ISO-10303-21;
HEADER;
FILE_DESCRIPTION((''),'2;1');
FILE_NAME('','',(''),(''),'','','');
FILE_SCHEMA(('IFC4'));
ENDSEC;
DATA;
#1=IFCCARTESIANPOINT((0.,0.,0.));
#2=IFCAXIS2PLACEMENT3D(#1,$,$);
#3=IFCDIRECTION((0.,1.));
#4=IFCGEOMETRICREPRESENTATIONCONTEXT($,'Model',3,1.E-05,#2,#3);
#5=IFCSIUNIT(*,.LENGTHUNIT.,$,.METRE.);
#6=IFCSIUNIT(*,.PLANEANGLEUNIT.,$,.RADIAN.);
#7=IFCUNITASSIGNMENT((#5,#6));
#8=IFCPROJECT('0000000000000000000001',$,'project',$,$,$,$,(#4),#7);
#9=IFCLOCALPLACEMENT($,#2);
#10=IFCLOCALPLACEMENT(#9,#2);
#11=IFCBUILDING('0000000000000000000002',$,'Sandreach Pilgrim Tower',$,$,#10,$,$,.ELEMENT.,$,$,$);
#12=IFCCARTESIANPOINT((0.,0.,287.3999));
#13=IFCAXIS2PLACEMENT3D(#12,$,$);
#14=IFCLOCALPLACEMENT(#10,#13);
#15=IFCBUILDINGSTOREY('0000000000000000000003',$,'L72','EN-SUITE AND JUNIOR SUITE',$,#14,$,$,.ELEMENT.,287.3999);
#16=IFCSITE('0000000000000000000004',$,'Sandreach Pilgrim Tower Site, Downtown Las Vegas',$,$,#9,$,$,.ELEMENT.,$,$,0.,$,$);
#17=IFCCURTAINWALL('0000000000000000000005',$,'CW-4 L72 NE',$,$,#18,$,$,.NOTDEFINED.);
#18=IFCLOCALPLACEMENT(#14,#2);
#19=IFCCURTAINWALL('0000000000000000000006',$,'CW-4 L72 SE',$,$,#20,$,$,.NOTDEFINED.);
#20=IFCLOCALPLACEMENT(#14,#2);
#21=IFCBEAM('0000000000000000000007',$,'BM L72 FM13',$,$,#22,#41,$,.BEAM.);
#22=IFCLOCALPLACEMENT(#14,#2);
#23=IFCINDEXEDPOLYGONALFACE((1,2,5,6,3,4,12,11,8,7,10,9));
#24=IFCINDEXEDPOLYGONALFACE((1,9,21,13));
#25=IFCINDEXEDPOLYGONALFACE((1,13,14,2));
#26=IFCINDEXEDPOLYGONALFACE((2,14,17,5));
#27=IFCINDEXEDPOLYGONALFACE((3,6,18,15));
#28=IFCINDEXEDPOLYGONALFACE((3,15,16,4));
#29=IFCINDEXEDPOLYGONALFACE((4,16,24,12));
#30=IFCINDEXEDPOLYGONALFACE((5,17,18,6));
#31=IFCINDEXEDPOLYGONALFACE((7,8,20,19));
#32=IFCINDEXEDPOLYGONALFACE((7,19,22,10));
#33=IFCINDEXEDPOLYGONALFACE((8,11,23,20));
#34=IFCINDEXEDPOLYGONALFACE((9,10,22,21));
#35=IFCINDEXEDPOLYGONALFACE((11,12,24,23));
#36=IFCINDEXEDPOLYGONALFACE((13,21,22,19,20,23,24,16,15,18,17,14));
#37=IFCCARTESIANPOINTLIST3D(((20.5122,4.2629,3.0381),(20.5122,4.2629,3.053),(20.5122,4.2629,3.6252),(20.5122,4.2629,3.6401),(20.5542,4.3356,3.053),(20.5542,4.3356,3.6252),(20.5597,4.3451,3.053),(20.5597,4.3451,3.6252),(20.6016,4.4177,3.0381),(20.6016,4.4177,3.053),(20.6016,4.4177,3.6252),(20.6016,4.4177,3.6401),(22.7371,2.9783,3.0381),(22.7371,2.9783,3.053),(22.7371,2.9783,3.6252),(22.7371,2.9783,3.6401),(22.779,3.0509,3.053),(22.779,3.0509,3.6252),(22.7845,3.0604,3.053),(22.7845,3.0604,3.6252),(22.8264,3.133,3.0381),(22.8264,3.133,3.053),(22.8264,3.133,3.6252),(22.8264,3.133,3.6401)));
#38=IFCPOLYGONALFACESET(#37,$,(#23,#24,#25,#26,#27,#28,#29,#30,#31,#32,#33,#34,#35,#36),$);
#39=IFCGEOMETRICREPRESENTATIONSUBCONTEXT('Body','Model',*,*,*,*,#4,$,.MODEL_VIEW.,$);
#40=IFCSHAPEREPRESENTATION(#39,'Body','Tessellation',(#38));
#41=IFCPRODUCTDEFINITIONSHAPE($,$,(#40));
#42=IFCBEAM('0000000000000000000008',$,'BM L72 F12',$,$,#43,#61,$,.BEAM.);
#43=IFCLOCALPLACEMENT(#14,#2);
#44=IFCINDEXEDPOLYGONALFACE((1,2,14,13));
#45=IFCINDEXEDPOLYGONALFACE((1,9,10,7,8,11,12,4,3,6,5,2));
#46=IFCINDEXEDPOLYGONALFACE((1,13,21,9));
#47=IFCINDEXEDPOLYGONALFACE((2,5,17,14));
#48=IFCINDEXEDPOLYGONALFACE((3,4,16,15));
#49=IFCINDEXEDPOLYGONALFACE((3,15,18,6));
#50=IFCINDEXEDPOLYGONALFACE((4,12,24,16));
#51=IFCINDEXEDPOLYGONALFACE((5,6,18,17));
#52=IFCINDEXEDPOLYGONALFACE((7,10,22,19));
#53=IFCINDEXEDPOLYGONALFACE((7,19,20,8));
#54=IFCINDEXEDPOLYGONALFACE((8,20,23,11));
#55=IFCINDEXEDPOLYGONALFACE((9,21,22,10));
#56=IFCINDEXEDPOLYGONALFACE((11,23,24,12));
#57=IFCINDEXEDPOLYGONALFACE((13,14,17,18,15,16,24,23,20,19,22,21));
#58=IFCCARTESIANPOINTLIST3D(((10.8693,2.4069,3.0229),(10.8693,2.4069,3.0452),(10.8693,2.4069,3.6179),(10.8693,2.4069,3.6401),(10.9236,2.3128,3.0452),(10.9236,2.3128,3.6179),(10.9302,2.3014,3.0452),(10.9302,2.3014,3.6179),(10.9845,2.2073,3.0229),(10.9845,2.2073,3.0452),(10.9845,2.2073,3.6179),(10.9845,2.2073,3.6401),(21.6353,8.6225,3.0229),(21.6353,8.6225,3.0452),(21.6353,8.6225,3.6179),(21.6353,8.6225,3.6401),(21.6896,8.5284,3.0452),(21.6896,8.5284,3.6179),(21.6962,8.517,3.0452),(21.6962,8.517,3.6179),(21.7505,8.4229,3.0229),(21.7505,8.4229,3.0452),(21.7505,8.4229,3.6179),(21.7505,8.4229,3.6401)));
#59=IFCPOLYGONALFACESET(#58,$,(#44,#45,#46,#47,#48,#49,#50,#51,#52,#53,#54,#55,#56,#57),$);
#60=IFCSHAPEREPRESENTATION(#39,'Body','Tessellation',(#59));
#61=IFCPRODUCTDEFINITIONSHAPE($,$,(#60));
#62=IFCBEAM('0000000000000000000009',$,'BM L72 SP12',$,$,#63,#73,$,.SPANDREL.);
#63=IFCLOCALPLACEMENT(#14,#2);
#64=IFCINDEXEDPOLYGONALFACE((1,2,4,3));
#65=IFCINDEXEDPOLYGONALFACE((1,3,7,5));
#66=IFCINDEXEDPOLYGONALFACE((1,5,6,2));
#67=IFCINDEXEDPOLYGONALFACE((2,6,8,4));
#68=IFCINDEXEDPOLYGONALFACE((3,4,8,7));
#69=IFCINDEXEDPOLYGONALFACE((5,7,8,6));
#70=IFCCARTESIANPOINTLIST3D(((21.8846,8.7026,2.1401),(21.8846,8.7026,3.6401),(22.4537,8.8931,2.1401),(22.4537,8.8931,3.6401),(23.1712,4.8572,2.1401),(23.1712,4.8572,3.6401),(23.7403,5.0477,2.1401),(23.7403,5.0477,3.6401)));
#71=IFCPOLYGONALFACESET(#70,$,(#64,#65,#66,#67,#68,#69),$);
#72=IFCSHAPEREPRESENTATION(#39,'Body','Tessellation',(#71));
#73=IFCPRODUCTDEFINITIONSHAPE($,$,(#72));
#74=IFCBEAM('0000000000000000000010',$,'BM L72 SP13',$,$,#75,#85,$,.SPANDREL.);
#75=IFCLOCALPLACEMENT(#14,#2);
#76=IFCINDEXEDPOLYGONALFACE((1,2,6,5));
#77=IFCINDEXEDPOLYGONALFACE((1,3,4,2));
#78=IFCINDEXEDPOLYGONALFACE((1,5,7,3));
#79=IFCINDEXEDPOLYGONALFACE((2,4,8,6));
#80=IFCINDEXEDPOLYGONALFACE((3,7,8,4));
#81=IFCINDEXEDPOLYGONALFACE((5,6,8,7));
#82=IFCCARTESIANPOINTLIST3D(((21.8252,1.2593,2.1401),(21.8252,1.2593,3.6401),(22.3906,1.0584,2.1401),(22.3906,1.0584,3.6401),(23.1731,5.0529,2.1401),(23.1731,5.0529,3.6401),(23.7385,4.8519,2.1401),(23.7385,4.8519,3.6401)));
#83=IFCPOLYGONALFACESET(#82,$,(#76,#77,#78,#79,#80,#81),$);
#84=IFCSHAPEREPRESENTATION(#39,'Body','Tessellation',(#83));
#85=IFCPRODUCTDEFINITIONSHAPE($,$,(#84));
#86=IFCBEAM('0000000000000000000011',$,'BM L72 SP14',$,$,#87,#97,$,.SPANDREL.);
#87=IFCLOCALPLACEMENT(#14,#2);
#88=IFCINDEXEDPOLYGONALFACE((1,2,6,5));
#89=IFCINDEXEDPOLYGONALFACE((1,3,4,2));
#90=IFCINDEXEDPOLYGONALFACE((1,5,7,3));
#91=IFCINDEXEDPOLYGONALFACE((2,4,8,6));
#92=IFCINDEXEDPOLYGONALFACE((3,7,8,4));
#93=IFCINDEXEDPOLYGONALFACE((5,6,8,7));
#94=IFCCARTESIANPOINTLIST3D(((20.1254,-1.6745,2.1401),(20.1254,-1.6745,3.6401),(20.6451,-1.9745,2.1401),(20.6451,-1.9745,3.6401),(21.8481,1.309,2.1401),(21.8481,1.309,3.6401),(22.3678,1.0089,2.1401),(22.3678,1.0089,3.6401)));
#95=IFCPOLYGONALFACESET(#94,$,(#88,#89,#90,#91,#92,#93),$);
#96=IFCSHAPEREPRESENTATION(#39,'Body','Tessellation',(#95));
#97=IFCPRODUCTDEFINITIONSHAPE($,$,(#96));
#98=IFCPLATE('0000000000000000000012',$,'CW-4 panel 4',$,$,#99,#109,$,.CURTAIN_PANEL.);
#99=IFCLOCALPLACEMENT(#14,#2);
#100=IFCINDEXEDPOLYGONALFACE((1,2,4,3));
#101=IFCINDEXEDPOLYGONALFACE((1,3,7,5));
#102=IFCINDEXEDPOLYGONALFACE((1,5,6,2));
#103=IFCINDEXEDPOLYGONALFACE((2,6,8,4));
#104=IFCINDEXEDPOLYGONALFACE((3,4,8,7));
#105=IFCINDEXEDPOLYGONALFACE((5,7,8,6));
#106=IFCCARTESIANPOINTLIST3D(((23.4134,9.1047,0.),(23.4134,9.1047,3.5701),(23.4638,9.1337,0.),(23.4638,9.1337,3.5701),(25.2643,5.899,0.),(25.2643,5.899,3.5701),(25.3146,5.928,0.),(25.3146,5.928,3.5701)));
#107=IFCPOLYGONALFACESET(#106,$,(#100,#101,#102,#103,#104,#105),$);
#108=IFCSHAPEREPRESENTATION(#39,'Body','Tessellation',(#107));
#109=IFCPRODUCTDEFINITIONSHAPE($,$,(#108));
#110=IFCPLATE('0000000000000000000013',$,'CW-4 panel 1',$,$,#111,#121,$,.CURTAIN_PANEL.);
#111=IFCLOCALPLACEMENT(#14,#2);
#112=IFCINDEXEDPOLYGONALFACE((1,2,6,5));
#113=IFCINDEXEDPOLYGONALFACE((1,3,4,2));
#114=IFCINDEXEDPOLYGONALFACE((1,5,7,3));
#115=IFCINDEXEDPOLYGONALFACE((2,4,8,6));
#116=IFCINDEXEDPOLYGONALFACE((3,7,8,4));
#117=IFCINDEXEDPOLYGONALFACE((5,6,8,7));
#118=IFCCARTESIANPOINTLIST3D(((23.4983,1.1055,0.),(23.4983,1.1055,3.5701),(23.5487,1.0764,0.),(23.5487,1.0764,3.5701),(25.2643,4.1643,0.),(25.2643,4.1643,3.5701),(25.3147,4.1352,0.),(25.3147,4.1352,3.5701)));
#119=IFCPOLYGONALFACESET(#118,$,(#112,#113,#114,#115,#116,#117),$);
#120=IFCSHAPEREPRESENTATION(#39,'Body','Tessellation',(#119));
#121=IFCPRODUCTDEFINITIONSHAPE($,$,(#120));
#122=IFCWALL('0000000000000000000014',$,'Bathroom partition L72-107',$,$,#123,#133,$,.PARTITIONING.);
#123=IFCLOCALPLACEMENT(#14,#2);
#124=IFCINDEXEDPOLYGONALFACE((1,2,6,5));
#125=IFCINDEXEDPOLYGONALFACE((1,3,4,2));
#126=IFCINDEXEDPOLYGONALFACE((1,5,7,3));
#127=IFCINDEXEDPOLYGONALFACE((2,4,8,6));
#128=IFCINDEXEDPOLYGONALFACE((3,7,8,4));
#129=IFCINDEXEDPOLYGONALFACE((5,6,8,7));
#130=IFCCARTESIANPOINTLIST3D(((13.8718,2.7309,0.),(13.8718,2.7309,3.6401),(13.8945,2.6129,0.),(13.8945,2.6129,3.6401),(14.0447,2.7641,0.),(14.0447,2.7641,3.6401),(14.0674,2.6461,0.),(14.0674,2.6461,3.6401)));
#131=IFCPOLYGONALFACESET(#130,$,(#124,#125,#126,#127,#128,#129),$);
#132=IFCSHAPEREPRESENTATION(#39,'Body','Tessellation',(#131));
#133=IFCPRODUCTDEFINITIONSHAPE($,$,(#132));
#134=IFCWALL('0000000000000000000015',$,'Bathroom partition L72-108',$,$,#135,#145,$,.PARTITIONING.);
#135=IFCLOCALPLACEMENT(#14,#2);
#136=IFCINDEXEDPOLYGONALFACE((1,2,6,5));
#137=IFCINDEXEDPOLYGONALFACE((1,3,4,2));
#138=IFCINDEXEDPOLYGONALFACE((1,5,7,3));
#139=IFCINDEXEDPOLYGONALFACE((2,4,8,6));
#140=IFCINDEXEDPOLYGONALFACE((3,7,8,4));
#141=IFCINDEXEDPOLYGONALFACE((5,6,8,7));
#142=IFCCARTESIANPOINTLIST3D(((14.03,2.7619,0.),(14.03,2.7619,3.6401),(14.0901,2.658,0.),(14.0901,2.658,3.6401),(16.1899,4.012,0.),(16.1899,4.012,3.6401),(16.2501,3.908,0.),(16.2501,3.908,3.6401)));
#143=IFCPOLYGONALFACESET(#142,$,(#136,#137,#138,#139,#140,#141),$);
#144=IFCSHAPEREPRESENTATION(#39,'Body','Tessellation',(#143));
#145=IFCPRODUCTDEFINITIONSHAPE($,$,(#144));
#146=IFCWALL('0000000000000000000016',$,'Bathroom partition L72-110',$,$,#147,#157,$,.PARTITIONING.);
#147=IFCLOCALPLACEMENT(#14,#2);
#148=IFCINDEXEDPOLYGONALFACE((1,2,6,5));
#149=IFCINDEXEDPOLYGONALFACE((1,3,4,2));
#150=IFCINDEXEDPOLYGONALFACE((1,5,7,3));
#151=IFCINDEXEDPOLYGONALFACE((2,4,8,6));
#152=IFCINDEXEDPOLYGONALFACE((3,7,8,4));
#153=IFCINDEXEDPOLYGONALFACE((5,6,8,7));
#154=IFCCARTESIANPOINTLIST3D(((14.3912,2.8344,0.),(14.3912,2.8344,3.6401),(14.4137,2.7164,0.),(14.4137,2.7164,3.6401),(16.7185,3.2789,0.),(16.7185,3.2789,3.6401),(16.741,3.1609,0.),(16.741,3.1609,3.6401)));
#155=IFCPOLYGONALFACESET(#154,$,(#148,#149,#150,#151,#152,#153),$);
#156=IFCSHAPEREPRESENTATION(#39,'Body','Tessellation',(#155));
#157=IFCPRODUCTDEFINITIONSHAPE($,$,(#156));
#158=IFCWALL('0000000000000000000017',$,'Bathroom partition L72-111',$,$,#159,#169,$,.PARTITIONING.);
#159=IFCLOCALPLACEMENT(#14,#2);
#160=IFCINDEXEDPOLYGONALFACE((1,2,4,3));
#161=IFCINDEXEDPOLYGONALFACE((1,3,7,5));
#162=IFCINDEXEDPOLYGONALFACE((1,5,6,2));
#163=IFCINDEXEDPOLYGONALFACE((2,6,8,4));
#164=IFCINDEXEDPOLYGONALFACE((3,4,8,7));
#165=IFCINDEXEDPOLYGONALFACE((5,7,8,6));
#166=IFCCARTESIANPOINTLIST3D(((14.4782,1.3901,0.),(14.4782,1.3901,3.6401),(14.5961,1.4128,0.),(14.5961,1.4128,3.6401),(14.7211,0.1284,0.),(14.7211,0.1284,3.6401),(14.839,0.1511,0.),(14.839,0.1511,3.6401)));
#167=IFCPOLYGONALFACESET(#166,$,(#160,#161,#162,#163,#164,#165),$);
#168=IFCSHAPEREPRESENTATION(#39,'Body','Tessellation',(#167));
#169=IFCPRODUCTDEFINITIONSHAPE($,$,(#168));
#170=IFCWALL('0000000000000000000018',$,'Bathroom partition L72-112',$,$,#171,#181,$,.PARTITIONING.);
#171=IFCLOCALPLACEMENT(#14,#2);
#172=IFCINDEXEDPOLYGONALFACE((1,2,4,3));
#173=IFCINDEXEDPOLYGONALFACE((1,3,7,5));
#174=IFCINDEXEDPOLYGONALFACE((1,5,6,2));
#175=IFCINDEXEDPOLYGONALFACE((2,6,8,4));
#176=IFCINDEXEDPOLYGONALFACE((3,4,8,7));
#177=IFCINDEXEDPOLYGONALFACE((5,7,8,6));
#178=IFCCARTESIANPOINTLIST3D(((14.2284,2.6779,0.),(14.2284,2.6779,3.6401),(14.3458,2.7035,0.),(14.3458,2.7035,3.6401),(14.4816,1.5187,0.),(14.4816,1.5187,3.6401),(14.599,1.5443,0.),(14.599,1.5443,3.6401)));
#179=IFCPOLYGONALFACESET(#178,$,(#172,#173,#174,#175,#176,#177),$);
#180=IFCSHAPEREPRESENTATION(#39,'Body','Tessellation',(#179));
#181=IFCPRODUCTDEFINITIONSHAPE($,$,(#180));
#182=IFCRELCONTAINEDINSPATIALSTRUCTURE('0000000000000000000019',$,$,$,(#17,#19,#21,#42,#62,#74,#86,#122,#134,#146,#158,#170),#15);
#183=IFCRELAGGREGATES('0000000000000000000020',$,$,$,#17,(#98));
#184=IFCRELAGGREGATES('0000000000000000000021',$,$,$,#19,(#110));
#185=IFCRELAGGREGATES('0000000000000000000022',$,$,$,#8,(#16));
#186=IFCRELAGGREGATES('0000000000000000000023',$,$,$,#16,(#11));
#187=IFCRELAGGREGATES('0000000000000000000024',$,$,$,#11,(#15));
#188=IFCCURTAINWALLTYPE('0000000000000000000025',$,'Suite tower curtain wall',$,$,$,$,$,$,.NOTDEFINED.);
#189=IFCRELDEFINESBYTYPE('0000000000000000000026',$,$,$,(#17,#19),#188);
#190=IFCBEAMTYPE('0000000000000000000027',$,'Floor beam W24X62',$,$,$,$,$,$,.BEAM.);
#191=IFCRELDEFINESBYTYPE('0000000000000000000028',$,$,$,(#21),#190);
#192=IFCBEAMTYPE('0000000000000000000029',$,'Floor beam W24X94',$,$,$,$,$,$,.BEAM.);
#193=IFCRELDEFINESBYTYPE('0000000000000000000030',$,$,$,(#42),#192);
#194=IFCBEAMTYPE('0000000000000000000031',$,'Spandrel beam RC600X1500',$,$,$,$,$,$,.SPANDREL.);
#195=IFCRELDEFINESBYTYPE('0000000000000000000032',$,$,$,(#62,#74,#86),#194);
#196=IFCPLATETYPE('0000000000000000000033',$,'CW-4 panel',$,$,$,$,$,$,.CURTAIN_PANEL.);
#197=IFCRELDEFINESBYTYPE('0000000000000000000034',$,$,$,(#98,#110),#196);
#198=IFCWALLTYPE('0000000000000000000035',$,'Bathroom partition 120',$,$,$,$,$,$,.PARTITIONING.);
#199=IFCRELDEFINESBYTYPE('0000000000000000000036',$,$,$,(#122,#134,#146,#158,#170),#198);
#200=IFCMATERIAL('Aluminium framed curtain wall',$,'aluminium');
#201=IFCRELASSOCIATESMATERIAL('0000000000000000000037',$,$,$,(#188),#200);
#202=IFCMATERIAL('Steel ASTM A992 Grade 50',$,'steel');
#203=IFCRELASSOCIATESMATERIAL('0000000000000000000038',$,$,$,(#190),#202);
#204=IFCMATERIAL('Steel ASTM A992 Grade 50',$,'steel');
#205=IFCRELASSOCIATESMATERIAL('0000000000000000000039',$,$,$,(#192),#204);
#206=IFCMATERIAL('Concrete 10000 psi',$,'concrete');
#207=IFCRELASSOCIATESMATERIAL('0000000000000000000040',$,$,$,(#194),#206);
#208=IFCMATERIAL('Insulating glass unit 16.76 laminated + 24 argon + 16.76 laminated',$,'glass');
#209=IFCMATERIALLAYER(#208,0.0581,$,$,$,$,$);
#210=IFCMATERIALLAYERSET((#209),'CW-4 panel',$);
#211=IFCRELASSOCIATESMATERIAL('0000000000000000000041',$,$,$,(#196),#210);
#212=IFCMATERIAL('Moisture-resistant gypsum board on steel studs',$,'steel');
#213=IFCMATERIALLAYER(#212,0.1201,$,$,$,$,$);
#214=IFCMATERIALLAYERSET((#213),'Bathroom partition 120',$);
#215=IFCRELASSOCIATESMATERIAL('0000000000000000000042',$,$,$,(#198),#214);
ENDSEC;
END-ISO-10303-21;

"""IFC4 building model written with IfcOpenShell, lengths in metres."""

from ifc_helpers import new_model, si_unit, direction, frame, frame_2d, origin, origin_2d, place, context, subcontext, project, spatial, rectangle, i_section, extrude, material, layer, layer_set, material_profile, profile_set, type_object, element, aggregate, save


model = new_model("IFC4")

# Units and contexts
model_context = context("Model", 3, precision=1e-05, world=origin(), true_north=direction((0.0, 1.0)))
body_context = subcontext(model_context, "Body", "Model", "MODEL_VIEW")
ifc_project = project(units=[si_unit("LENGTHUNIT", "METRE"), si_unit("PLANEANGLEUNIT", "RADIAN")], contexts=[model_context])

# Site, building, storey
site_placement = place(None, origin())
site = spatial("IfcSite", under=ifc_project, at=site_placement, Name="Sandreach Pilgrim Tower Site, Downtown Las Vegas", CompositionType="ELEMENT", RefElevation=0.0)
building_placement = place(site_placement, origin())
building = spatial("IfcBuilding", under=site, at=building_placement, Name="Sandreach Pilgrim Tower", CompositionType="ELEMENT")
storey_placement = place(building_placement, frame((0.0, 0.0, 287.3999)))
storey = spatial("IfcBuildingStorey", under=building, at=storey_placement, Name="L72", Description="EN-SUITE AND JUNIOR SUITE", CompositionType="ELEMENT", Elevation=287.3999)

# Curtain wall
ifc_material_1 = material(Name="Aluminium framed curtain wall", Category="aluminium")
curtain_wall_type = type_object("IfcCurtainWallType", Name="Suite tower curtain wall", PredefinedType="NOTDEFINED", material=ifc_material_1)
curtain_wall_1_placement = place(storey_placement, origin())
curtain_wall_1 = element("IfcCurtainWall", 1, at=curtain_wall_1_placement, inside=storey, type_object=curtain_wall_type, Name="CW-4 L72 NE", PredefinedType="NOTDEFINED")

# Curtain wall
curtain_wall_2_placement = place(storey_placement, origin())
curtain_wall_2 = element("IfcCurtainWall", 2, at=curtain_wall_2_placement, inside=storey, type_object=curtain_wall_type, Name="CW-4 L72 SE", PredefinedType="NOTDEFINED")

# Beams
ifc_material_2 = material(Name="Steel ASTM A992 Grade 50", Category="steel")
ifc_material_profile_1 = material_profile(ifc_material_2, i_section(OverallWidth=0.1787, OverallDepth=0.6021, WebThickness=0.011, FlangeThickness=0.0149, at=origin_2d()), Name="W24X62")
ifc_profile_set_1 = profile_set([ifc_material_profile_1], Name="Steel ASTM A992 Grade 50")
beam_type_1 = type_object("IfcBeamType", Name="Floor beam W24X62", PredefinedType="BEAM", material=ifc_profile_set_1)
beam_1_placement = place(storey_placement, frame((22.7817, 3.0557, 3.3391), z_axis=(-0.866, 0.500043, 0.0), x_axis=(-0.500043, -0.866, 0.0)))
element("IfcBeam", 3, at=beam_1_placement, inside=storey, type_object=beam_type_1, Name="BM L72 FM13", PredefinedType="BEAM", context=body_context, shape_type="SweptSolid", body=[
    extrude(i_section(OverallWidth=0.1787, OverallDepth=0.6021, WebThickness=0.011, FlangeThickness=0.0149, at=origin_2d()), origin(), (0.0, 0.0, 1.0), 2.5691),
])
ifc_material_3 = material(Name="Steel ASTM A992 Grade 50", Category="steel")
ifc_material_profile_2 = material_profile(ifc_material_3, i_section(OverallWidth=0.2305, OverallDepth=0.6172, WebThickness=0.0132, FlangeThickness=0.0222, at=origin_2d()), Name="W24X94")
ifc_profile_set_2 = profile_set([ifc_material_profile_2], Name="Steel ASTM A992 Grade 50")
beam_type_2 = type_object("IfcBeamType", Name="Floor beam W24X94", PredefinedType="BEAM", material=ifc_profile_set_2)
beam_2_placement = place(storey_placement, frame((21.6929, 8.5227, 3.3315), z_axis=(-0.866029, -0.499994, 0.0), x_axis=(0.499994, -0.866029, 0.0)))
element("IfcBeam", 4, at=beam_2_placement, inside=storey, type_object=beam_type_2, Name="BM L72 F12", PredefinedType="BEAM", context=body_context, shape_type="SweptSolid", body=[
    extrude(i_section(OverallWidth=0.2305, OverallDepth=0.6172, WebThickness=0.0132, FlangeThickness=0.0222, at=origin_2d()), origin(), (0.0, 0.0, 1.0), 12.4314),
])
ifc_material_4 = material(Name="Concrete 10000 psi", Category="concrete")
ifc_material_profile_3 = material_profile(ifc_material_4, rectangle(XDim=0.6001, YDim=1.5, at=origin_2d()), Name="RC600X1500")
ifc_profile_set_3 = profile_set([ifc_material_profile_3], Name="Concrete 10000 psi")
beam_type_3 = type_object("IfcBeamType", Name="Spandrel beam RC600X1500", PredefinedType="SPANDREL", material=ifc_profile_set_3)
beam_3_placement = place(storey_placement, frame((22.1692, 8.7979, 2.8901), z_axis=(0.317293, -0.948327, 0.0), x_axis=(0.948327, 0.317293, 0.0)))
element("IfcBeam", 5, at=beam_3_placement, inside=storey, type_object=beam_type_3, Name="BM L72 SP12", PredefinedType="SPANDREL", context=body_context, shape_type="SweptSolid", body=[
    extrude(rectangle(XDim=0.6001, YDim=1.5, at=origin_2d()), origin(), (0.0, 0.0, 1.0), 4.0549),
])
beam_4_placement = place(storey_placement, frame((23.4558, 4.9524, 2.8901), z_axis=(-0.334815, -0.942284, 0.0), x_axis=(0.942284, -0.334815, 0.0)))
element("IfcBeam", 6, at=beam_4_placement, inside=storey, type_object=beam_type_3, Name="BM L72 SP13", PredefinedType="SPANDREL", context=body_context, shape_type="SweptSolid", body=[
    extrude(rectangle(XDim=0.6001, YDim=1.5, at=origin_2d()), origin(), (0.0, 0.0, 1.0), 4.0259),
])
beam_5_placement = place(storey_placement, frame((22.1079, 1.1589, 2.8901), z_axis=(-0.500041, -0.866001, 0.0), x_axis=(0.866001, -0.500041, 0.0)))
element("IfcBeam", 7, at=beam_5_placement, inside=storey, type_object=beam_type_3, Name="BM L72 SP14", PredefinedType="SPANDREL", context=body_context, shape_type="SweptSolid", body=[
    extrude(rectangle(XDim=0.6001, YDim=1.5, at=origin_2d()), origin(), (0.0, 0.0, 1.0), 3.4451),
])

# Plates
ifc_material_5 = material(Name="Insulating glass unit 16.76 laminated + 24 argon + 16.76 laminated", Category="glass")
ifc_layer_1 = layer(ifc_material_5, 0.0581)
ifc_layer_set_1 = layer_set([ifc_layer_1], Name="CW-4 panel")
plate_type = type_object("IfcPlateType", Name="CW-4 panel", PredefinedType="CURTAIN_PANEL", material=ifc_layer_set_1)
plate_1_placement = place(storey_placement, frame((24.364, 7.5164, 0.0), z_axis=(0.0, 0.0, 1.0), x_axis=(0.5, -0.866025, 0.0)))
plate_1 = element("IfcPlate", 8, at=plate_1_placement, type_object=plate_type, Name="CW-4 panel 4", PredefinedType="CURTAIN_PANEL", context=body_context, shape_type="SweptSolid", body=[
    extrude(rectangle(XDim=3.7017, YDim=0.0581, at=origin_2d()), origin(), (0.0, 0.0, 1.0), 3.5701),
])
aggregate(curtain_wall_1, [plate_1])
plate_2_placement = place(storey_placement, frame((24.4065, 2.6204, 0.0), z_axis=(0.0, 0.0, 1.0), x_axis=(-0.5, -0.866025, 0.0)))
plate_2 = element("IfcPlate", 9, at=plate_2_placement, type_object=plate_type, Name="CW-4 panel 1", PredefinedType="CURTAIN_PANEL", context=body_context, shape_type="SweptSolid", body=[
    extrude(rectangle(XDim=3.532, YDim=0.0581, at=origin_2d()), origin(), (0.0, 0.0, 1.0), 3.5701),
])
aggregate(curtain_wall_2, [plate_2])

# Walls
ifc_material_6 = material(Name="Moisture-resistant gypsum board on steel studs", Category="steel")
ifc_layer_2 = layer(ifc_material_6, 0.1201)
ifc_layer_set_2 = layer_set([ifc_layer_2], Name="Bathroom partition 120")
wall_type_1 = type_object("IfcWallType", Name="Bathroom partition 120", PredefinedType="PARTITIONING", material=ifc_layer_set_2)
wall_1_placement = place(storey_placement, frame((14.0559, 2.7051, 0.0), z_axis=(0.0, 0.0, 1.0), x_axis=(-0.982046, -0.188642, 0.0)))
element("IfcWall", 10, at=wall_1_placement, inside=storey, type_object=wall_type_1, Name="Bathroom partition L72-107", PredefinedType="PARTITIONING", context=body_context, shape_type="SweptSolid", body=[
    extrude(rectangle(XDim=0.176, YDim=0.1201, at=frame_2d((0.0879, 0.0))), origin(), (0.0, 0.0, 1.0), 3.6401),
])
wall_2_placement = place(storey_placement, frame((14.0601, 2.71, 0.0), z_axis=(0.0, 0.0, 1.0), x_axis=(0.865509, 0.500894, 0.0)))
element("IfcWall", 11, at=wall_2_placement, inside=storey, type_object=wall_type_1, Name="Bathroom partition L72-108", PredefinedType="PARTITIONING", context=body_context, shape_type="SweptSolid", body=[
    extrude(rectangle(XDim=2.4956, YDim=0.1201, at=frame_2d((1.2478, 0.0))), origin(), (0.0, 0.0, 1.0), 3.6401),
])
wall_3_placement = place(storey_placement, frame((14.4026, 2.7754, 0.0), z_axis=(0.0, 0.0, 1.0), x_axis=(0.98224, 0.187628, 0.0)))
element("IfcWall", 12, at=wall_3_placement, inside=storey, type_object=wall_type_1, Name="Bathroom partition L72-110", PredefinedType="PARTITIONING", context=body_context, shape_type="SweptSolid", body=[
    extrude(rectangle(XDim=2.3694, YDim=0.1201, at=frame_2d((1.1846, 0.0))), origin(), (0.0, 0.0, 1.0), 3.6401),
])
wall_4_placement = place(storey_placement, frame((14.5371, 1.4016, 0.0), z_axis=(0.0, 0.0, 1.0), x_axis=(0.189059, -0.981966, 0.0)))
element("IfcWall", 13, at=wall_4_placement, inside=storey, type_object=wall_type_1, Name="Bathroom partition L72-111", PredefinedType="PARTITIONING", context=body_context, shape_type="SweptSolid", body=[
    extrude(rectangle(XDim=1.2849, YDim=0.1201, at=frame_2d((0.6426, 0.0))), origin(), (0.0, 0.0, 1.0), 3.6401),
])
wall_5_placement = place(storey_placement, frame((14.5403, 1.5315, 0.0), z_axis=(0.0, 0.0, 1.0), x_axis=(-0.213378, 0.97697, 0.0)))
element("IfcWall", 14, at=wall_5_placement, inside=storey, type_object=wall_type_1, Name="Bathroom partition L72-112", PredefinedType="PARTITIONING", context=body_context, shape_type="SweptSolid", body=[
    extrude(rectangle(XDim=1.1865, YDim=0.1201, at=frame_2d((0.5933, 0.0))), origin(), (0.0, 0.0, 1.0), 3.6401),
])

save(model, "model.ifc")
